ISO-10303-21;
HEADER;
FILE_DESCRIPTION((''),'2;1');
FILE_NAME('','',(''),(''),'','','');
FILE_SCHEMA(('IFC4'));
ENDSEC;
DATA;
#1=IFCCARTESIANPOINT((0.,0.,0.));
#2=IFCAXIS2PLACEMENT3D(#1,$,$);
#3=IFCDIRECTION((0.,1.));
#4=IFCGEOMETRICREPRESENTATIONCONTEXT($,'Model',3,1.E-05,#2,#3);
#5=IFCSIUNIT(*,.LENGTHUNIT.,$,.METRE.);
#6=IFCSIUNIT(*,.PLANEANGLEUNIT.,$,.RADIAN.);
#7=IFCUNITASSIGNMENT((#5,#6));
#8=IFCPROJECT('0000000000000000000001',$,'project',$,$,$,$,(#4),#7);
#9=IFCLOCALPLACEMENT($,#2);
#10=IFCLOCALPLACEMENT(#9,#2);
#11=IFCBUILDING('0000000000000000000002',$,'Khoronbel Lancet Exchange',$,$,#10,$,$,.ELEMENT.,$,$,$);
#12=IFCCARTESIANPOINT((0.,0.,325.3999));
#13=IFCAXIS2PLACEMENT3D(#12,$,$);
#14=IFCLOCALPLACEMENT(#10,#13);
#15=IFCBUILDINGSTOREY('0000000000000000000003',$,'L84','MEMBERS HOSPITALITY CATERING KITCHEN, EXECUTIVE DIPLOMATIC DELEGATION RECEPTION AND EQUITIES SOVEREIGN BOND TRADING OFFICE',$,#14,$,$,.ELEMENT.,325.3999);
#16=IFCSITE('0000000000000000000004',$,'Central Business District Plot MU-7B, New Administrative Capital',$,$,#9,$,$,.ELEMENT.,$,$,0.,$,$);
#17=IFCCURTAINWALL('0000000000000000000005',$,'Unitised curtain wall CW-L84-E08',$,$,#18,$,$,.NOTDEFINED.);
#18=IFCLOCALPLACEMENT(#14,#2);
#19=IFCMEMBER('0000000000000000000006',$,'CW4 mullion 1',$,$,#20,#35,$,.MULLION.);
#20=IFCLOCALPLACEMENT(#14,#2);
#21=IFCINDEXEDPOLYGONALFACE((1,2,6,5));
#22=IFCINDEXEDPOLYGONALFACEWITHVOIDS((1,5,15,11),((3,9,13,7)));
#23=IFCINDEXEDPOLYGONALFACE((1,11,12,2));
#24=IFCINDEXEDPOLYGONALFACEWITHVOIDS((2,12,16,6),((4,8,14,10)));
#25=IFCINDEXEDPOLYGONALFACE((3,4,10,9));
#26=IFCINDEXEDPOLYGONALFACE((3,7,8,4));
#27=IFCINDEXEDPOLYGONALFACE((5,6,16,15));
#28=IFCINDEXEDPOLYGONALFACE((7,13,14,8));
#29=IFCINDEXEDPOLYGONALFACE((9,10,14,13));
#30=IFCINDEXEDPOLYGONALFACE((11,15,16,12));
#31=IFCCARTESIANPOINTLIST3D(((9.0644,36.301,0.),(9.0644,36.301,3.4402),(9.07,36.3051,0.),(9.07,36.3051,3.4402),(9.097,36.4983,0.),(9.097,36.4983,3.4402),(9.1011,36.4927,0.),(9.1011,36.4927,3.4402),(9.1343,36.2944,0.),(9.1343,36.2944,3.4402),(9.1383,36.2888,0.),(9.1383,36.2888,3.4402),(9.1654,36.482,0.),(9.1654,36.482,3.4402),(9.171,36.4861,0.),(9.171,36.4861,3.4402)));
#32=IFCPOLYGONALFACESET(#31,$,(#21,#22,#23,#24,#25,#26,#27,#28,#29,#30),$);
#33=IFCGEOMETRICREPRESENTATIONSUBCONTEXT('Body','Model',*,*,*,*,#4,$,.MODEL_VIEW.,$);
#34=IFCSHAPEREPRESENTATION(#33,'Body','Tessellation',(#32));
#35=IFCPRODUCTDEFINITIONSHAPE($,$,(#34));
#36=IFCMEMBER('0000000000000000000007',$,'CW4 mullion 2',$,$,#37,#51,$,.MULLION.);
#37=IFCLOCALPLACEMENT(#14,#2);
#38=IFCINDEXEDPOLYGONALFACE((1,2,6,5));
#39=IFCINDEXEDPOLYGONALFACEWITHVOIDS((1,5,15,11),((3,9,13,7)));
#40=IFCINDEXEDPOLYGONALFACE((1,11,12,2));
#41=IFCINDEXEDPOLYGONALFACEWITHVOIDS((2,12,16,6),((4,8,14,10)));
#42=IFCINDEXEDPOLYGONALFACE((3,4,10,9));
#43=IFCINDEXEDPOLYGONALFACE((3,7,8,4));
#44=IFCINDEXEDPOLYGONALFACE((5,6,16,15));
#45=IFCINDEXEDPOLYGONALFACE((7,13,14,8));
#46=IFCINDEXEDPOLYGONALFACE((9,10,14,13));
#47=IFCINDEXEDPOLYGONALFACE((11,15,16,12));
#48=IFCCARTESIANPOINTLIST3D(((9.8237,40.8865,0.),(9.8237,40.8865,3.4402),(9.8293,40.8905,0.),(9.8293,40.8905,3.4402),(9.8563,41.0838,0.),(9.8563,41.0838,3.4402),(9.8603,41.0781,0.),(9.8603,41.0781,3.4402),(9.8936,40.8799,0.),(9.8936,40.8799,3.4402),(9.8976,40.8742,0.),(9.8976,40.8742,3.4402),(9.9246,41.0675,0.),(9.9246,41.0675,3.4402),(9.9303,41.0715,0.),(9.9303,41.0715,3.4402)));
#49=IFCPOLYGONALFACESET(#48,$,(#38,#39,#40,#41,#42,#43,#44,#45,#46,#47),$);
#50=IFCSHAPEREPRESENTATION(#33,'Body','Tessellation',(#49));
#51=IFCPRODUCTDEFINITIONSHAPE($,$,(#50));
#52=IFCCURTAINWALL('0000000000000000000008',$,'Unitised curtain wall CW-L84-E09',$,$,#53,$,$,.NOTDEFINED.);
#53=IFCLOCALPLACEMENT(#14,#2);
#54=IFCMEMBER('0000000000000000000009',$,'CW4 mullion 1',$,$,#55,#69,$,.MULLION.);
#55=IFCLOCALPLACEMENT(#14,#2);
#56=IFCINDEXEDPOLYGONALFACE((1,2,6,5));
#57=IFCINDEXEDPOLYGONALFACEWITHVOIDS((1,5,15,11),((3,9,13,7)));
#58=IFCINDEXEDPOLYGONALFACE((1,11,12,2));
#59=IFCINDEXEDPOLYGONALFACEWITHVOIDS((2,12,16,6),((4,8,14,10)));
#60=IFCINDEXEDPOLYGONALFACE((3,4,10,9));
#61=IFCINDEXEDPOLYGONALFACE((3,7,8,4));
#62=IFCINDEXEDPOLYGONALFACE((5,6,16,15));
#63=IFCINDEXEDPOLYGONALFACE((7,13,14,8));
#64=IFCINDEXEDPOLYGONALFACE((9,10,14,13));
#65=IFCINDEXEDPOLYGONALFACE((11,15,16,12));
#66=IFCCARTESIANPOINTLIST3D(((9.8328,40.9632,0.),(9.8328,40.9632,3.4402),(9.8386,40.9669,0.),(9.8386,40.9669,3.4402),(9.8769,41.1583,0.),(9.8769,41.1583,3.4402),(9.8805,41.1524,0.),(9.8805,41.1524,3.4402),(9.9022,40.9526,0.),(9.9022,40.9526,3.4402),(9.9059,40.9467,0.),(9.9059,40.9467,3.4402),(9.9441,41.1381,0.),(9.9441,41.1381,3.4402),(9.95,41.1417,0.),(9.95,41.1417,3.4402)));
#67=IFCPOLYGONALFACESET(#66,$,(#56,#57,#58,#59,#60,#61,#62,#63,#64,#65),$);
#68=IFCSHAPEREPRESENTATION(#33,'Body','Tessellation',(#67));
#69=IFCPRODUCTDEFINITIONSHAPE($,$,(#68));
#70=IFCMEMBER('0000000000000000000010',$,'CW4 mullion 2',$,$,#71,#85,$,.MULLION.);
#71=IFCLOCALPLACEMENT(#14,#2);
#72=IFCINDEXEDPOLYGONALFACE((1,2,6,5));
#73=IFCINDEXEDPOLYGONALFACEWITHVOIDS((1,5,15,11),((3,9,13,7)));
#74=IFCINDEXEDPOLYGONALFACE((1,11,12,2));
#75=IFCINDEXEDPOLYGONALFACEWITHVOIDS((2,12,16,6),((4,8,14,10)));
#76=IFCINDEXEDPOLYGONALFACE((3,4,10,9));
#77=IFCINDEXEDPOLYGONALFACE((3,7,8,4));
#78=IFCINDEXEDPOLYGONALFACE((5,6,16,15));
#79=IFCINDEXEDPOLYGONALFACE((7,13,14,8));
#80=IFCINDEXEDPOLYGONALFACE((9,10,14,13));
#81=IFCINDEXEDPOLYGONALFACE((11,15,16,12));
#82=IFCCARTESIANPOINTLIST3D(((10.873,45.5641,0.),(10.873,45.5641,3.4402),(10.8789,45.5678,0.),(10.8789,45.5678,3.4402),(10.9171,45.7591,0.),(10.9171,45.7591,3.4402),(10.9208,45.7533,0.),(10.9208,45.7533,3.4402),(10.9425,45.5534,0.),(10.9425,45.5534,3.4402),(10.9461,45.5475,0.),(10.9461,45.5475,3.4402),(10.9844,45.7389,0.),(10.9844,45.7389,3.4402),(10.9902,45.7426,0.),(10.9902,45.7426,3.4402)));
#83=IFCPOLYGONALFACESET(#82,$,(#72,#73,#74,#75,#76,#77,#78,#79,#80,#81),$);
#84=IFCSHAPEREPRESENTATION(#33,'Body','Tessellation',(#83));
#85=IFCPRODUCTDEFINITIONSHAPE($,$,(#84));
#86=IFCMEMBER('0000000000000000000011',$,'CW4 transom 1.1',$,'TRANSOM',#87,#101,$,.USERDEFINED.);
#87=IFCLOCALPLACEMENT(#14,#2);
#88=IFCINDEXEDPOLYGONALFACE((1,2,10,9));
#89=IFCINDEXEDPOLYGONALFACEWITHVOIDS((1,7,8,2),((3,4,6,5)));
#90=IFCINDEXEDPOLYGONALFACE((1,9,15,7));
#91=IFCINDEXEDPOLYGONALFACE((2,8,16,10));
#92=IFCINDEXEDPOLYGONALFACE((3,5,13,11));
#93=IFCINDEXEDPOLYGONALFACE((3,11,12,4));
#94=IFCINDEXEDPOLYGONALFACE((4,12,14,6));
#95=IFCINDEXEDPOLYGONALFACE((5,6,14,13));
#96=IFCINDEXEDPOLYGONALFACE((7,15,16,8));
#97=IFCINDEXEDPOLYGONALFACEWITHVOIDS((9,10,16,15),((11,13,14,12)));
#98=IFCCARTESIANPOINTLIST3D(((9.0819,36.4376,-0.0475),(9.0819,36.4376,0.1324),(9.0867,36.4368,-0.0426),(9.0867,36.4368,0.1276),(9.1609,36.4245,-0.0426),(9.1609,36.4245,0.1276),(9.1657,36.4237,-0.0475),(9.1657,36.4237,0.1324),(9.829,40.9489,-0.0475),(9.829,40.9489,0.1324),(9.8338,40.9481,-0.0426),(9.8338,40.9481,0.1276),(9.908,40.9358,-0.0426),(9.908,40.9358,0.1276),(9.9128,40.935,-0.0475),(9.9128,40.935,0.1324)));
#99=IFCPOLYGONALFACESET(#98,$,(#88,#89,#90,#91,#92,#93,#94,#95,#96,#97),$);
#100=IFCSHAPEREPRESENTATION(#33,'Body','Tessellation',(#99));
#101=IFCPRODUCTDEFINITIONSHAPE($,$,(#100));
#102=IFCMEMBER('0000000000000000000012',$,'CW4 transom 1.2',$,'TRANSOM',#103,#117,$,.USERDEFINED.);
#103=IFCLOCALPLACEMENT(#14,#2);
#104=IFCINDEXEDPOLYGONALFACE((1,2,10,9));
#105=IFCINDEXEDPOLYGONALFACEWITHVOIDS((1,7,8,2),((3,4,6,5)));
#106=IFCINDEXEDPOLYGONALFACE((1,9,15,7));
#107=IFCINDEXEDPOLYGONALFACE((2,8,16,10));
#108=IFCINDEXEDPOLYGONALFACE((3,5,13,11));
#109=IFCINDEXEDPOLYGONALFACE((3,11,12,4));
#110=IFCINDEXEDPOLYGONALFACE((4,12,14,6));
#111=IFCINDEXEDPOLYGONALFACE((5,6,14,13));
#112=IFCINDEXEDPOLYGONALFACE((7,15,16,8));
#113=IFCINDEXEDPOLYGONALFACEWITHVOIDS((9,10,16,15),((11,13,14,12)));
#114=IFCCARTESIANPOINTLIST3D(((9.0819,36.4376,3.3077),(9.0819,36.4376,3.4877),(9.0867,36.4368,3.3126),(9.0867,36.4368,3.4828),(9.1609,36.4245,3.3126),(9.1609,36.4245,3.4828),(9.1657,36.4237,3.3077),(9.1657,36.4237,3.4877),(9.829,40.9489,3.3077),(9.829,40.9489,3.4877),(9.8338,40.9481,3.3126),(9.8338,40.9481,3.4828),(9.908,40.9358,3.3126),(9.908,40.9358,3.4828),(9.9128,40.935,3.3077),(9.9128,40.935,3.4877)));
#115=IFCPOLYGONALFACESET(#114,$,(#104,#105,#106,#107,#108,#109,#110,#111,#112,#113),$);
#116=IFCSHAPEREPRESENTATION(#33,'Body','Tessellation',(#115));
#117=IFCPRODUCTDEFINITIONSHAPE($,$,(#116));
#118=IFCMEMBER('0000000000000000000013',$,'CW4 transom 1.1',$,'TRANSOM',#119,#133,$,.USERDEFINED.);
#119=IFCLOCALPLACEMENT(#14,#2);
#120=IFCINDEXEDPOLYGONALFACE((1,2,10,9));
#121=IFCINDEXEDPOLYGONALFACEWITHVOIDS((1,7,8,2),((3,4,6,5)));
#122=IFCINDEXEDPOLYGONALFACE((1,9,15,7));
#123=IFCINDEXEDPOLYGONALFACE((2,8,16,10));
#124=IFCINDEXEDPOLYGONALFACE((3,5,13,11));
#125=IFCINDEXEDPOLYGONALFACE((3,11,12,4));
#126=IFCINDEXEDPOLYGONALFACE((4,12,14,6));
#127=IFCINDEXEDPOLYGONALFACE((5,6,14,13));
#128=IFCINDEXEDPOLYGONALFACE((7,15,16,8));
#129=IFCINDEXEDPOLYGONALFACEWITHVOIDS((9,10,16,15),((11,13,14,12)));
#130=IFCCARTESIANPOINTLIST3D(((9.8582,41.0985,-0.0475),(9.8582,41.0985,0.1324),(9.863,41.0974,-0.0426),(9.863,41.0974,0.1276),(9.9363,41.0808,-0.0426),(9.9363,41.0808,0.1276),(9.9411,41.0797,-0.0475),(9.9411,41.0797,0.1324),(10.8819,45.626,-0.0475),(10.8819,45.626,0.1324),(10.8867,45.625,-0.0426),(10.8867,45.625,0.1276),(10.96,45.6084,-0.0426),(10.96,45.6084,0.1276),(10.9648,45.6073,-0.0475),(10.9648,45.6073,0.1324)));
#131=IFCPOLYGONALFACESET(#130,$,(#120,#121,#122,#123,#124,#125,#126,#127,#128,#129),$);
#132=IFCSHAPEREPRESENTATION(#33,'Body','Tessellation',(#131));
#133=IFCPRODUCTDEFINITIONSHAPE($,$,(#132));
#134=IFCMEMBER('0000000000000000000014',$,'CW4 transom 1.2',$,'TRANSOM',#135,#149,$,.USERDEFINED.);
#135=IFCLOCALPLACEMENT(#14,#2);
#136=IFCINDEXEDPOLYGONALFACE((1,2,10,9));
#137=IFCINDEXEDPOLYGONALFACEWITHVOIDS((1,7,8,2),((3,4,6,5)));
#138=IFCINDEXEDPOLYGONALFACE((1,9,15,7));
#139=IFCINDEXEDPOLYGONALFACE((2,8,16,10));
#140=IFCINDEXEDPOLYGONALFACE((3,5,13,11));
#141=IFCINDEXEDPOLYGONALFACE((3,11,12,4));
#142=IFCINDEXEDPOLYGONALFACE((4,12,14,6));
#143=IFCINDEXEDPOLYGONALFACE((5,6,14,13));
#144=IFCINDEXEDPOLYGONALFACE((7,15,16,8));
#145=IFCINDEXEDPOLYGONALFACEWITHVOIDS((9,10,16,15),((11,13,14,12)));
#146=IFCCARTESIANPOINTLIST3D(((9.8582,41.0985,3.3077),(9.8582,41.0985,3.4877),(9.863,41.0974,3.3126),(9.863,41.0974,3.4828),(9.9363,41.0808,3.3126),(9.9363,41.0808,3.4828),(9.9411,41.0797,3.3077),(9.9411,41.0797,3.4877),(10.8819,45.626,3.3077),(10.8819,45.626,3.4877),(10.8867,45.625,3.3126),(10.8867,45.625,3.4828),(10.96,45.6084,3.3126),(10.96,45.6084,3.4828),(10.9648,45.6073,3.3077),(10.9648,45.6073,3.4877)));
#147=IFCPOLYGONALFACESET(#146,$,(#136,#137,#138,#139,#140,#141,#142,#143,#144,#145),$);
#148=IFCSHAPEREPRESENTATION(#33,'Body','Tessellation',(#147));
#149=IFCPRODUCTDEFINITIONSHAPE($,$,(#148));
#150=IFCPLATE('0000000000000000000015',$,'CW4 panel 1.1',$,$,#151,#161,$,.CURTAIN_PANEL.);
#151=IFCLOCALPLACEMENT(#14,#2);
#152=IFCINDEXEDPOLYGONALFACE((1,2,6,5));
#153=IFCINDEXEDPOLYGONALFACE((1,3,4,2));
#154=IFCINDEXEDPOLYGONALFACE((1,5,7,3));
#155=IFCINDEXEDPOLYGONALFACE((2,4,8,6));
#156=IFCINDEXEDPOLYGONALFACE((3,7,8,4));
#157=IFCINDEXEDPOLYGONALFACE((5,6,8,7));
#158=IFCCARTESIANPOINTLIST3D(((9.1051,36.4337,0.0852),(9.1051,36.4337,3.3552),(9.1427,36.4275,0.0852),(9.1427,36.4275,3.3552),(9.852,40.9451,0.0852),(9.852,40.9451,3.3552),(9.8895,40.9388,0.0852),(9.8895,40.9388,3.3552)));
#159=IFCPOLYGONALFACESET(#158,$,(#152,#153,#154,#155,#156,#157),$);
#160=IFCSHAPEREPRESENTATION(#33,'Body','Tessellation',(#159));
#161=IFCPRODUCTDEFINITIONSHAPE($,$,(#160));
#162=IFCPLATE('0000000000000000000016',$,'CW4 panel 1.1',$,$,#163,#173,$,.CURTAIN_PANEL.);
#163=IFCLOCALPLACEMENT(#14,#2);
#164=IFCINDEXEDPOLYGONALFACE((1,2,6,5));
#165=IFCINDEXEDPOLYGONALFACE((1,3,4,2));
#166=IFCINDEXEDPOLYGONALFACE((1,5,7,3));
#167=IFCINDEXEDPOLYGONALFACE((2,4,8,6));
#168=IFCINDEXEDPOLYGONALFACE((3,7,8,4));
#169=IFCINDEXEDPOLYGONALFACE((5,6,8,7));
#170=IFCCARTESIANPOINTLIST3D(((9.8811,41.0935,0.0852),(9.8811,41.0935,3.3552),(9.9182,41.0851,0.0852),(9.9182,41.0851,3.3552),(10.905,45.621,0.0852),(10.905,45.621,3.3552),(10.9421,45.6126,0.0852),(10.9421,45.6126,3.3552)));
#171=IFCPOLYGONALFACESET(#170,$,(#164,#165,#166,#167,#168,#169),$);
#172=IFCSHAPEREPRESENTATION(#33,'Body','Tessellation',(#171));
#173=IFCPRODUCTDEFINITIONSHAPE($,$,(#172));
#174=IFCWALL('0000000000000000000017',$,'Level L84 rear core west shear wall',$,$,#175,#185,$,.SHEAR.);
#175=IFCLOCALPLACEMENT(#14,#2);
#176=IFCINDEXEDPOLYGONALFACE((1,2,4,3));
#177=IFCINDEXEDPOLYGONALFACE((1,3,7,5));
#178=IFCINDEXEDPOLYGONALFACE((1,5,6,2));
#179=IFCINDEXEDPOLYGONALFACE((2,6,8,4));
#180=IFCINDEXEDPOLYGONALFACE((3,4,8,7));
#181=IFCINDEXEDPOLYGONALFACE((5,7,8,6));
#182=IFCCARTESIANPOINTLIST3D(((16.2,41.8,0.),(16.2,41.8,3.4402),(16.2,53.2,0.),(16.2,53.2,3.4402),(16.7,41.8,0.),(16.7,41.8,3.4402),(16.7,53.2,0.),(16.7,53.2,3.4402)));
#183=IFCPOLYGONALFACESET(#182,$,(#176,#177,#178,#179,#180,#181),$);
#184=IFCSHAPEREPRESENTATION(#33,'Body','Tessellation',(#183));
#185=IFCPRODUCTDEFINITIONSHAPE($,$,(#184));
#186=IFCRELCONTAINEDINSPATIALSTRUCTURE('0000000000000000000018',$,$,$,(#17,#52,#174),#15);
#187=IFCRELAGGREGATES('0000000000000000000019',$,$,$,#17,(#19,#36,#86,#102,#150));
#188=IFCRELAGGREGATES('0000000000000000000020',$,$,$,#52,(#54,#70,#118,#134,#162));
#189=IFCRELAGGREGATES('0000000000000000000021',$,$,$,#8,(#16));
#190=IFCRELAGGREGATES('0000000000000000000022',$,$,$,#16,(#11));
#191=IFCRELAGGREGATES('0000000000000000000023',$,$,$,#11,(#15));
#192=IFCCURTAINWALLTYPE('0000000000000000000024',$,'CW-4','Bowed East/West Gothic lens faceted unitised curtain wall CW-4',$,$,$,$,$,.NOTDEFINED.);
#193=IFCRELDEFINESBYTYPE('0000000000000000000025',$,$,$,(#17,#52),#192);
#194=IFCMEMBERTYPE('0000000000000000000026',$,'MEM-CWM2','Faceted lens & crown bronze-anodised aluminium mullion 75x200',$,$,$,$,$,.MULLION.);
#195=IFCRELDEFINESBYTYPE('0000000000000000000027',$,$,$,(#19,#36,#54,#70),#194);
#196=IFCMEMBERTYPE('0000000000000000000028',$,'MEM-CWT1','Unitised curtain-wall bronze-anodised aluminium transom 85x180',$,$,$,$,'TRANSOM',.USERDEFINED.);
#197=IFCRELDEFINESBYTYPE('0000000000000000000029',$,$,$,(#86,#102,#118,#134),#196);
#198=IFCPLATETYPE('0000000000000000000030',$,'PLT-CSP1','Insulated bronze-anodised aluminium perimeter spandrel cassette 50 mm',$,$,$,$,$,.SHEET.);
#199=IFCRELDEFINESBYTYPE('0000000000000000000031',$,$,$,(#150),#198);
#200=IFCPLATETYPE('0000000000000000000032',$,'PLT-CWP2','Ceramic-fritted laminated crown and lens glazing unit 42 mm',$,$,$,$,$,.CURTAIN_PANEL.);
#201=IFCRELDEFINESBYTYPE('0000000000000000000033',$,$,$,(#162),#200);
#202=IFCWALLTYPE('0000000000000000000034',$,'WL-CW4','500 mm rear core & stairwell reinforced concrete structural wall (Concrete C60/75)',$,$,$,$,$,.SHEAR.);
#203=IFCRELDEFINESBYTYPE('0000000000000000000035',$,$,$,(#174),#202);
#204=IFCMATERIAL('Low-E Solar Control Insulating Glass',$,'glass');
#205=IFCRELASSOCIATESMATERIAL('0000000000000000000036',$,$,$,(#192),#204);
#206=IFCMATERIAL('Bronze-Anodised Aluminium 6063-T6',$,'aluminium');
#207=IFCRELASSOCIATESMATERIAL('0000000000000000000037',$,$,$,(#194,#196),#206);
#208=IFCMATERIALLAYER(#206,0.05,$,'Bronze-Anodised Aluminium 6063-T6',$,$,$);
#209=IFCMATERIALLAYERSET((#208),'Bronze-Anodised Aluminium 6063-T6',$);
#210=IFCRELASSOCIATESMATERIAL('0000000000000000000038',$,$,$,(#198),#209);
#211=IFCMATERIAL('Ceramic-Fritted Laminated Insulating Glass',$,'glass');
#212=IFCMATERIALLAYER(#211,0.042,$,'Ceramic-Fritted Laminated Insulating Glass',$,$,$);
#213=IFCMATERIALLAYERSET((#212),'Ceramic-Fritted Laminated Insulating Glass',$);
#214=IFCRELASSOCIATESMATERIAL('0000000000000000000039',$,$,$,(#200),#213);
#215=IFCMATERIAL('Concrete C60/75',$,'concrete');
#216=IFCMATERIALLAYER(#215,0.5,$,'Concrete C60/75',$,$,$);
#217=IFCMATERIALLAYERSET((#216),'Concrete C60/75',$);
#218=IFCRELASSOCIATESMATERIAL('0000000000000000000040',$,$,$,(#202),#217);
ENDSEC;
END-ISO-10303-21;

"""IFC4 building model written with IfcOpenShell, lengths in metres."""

from ifc_helpers import new_model, si_unit, direction, frame, frame_2d, origin, origin_2d, place, context, subcontext, project, spatial, rectangle, hollow_rectangle, extrude, material, layer, layer_set, material_profile, profile_set, type_object, element, aggregate, save


model = new_model("IFC4")

# Units and contexts
model_context = context("Model", 3, precision=1e-05, world=origin(), true_north=direction((0.0, 1.0)))
body_context = subcontext(model_context, "Body", "Model", "MODEL_VIEW")
ifc_project = project(units=[si_unit("LENGTHUNIT", "METRE"), si_unit("PLANEANGLEUNIT", "RADIAN")], contexts=[model_context])

# Site, building, storey
site_placement = place(None, origin())
site = spatial("IfcSite", under=ifc_project, at=site_placement, Name="Central Business District Plot MU-7B, New Administrative Capital", CompositionType="ELEMENT", RefElevation=0.0)
building_placement = place(site_placement, origin())
building = spatial("IfcBuilding", under=site, at=building_placement, Name="Khoronbel Lancet Exchange", CompositionType="ELEMENT")
storey_placement = place(building_placement, frame((0.0, 0.0, 325.3999)))
storey = spatial("IfcBuildingStorey", under=building, at=storey_placement, Name="L84", Description="MEMBERS HOSPITALITY CATERING KITCHEN, EXECUTIVE DIPLOMATIC DELEGATION RECEPTION AND EQUITIES SOVEREIGN BOND TRADING OFFICE", CompositionType="ELEMENT", Elevation=325.3999)

# Shared definitions
ifc_material_1 = material(Name="Low-E Solar Control Insulating Glass", Category="glass")
curtain_wall_type = type_object("IfcCurtainWallType", Name="CW-4", Description="Bowed East/West Gothic lens faceted unitised curtain wall CW-4", PredefinedType="NOTDEFINED", material=ifc_material_1)
ifc_material_2 = material(Name="Bronze-Anodised Aluminium 6063-T6", Category="aluminium")
ifc_material_profile_1 = material_profile(ifc_material_2, hollow_rectangle(XDim=0.075, YDim=0.2, WallThickness=0.0049, at=origin_2d()), Name="ALU MULLION 75x200")
ifc_profile_set_1 = profile_set([ifc_material_profile_1], Name="Bronze-Anodised Aluminium 6063-T6")
member_type_1 = type_object("IfcMemberType", Name="MEM-CWM2", Description="Faceted lens & crown bronze-anodised aluminium mullion 75x200", PredefinedType="MULLION", material=ifc_profile_set_1)

# Curtain walls, members
curtain_wall_1_placement = place(storey_placement, origin())
curtain_wall_1 = element("IfcCurtainWall", 1, at=curtain_wall_1_placement, inside=storey, type_object=curtain_wall_type, Name="Unitised curtain wall CW-L84-E08", PredefinedType="NOTDEFINED")
member_1_placement = place(storey_placement, frame((9.1177, 36.3936, 0.0), z_axis=(0.0, 0.0, 1.0), x_axis=(-0.986571, 0.163334, 0.0)))
member_1 = element("IfcMember", 2, at=member_1_placement, type_object=member_type_1, Name="CW4 mullion 1", PredefinedType="MULLION", context=body_context, shape_type="SweptSolid", body=[
    extrude(hollow_rectangle(XDim=0.075, YDim=0.2, WallThickness=0.0049, at=origin_2d()), origin(), (0.0, 0.0, 1.0), 3.4402),
])
member_2_placement = place(storey_placement, frame((9.877, 40.979, 0.0), z_axis=(0.0, 0.0, 1.0), x_axis=(-0.986571, 0.163334, 0.0)))
member_2 = element("IfcMember", 3, at=member_2_placement, type_object=member_type_1, Name="CW4 mullion 2", PredefinedType="MULLION", context=body_context, shape_type="SweptSolid", body=[
    extrude(hollow_rectangle(XDim=0.075, YDim=0.2, WallThickness=0.0049, at=origin_2d()), origin(), (0.0, 0.0, 1.0), 3.4402),
])
curtain_wall_2_placement = place(storey_placement, origin())
curtain_wall_2 = element("IfcCurtainWall", 4, at=curtain_wall_2_placement, inside=storey, type_object=curtain_wall_type, Name="Unitised curtain wall CW-L84-E09", PredefinedType="NOTDEFINED")
member_3_placement = place(storey_placement, frame((9.8914, 41.0525, 0.0), z_axis=(0.0, 0.0, 1.0), x_axis=(-0.975369, 0.220579, 0.0)))
member_3 = element("IfcMember", 5, at=member_3_placement, type_object=member_type_1, Name="CW4 mullion 1", PredefinedType="MULLION", context=body_context, shape_type="SweptSolid", body=[
    extrude(hollow_rectangle(XDim=0.075, YDim=0.2, WallThickness=0.0049, at=origin_2d()), origin(), (0.0, 0.0, 1.0), 3.4402),
])
member_4_placement = place(storey_placement, frame((10.9316, 45.6533, 0.0), z_axis=(0.0, 0.0, 1.0), x_axis=(-0.975369, 0.220579, 0.0)))
member_4 = element("IfcMember", 6, at=member_4_placement, type_object=member_type_1, Name="CW4 mullion 2", PredefinedType="MULLION", context=body_context, shape_type="SweptSolid", body=[
    extrude(hollow_rectangle(XDim=0.075, YDim=0.2, WallThickness=0.0049, at=origin_2d()), origin(), (0.0, 0.0, 1.0), 3.4402),
])

# Members
ifc_material_profile_2 = material_profile(ifc_material_2, hollow_rectangle(XDim=0.085, YDim=0.1799, WallThickness=0.0049, at=origin_2d()), Name="ALU TRANSOM 85x180")
ifc_profile_set_2 = profile_set([ifc_material_profile_2], Name="Bronze-Anodised Aluminium 6063-T6")
member_type_2 = type_object("IfcMemberType", Name="MEM-CWT1", Description="Unitised curtain-wall bronze-anodised aluminium transom 85x180", ElementType="TRANSOM", PredefinedType="USERDEFINED", material=ifc_profile_set_2)
member_5_placement = place(storey_placement, frame((9.1238, 36.4307, 0.0425), z_axis=(0.163377, 0.986564, 0.0), x_axis=(-0.986564, 0.163377, 0.0)))
member_5 = element("IfcMember", 7, at=member_5_placement, type_object=member_type_2, Name="CW4 transom 1.1", ObjectType="TRANSOM", PredefinedType="USERDEFINED", context=body_context, shape_type="SweptSolid", body=[
    extrude(hollow_rectangle(XDim=0.085, YDim=0.1799, WallThickness=0.0049, at=origin_2d()), origin(), (0.0, 0.0, 1.0), 4.5728),
])
member_6_placement = place(storey_placement, frame((9.1238, 36.4307, 3.3977), z_axis=(0.163377, 0.986564, 0.0), x_axis=(-0.986564, 0.163377, 0.0)))
member_6 = element("IfcMember", 8, at=member_6_placement, type_object=member_type_2, Name="CW4 transom 1.2", ObjectType="TRANSOM", PredefinedType="USERDEFINED", context=body_context, shape_type="SweptSolid", body=[
    extrude(hollow_rectangle(XDim=0.085, YDim=0.1799, WallThickness=0.0049, at=origin_2d()), origin(), (0.0, 0.0, 1.0), 4.5728),
])
member_7_placement = place(storey_placement, frame((9.8997, 41.0891, 0.0425), z_axis=(0.220532, 0.97538, 0.0), x_axis=(-0.97538, 0.220532, 0.0)))
member_7 = element("IfcMember", 9, at=member_7_placement, type_object=member_type_2, Name="CW4 transom 1.1", ObjectType="TRANSOM", PredefinedType="USERDEFINED", context=body_context, shape_type="SweptSolid", body=[
    extrude(hollow_rectangle(XDim=0.085, YDim=0.1799, WallThickness=0.0049, at=origin_2d()), origin(), (0.0, 0.0, 1.0), 4.6418),
])
member_8_placement = place(storey_placement, frame((9.8997, 41.0891, 3.3977), z_axis=(0.220532, 0.97538, 0.0), x_axis=(-0.97538, 0.220532, 0.0)))
member_8 = element("IfcMember", 10, at=member_8_placement, type_object=member_type_2, Name="CW4 transom 1.2", ObjectType="TRANSOM", PredefinedType="USERDEFINED", context=body_context, shape_type="SweptSolid", body=[
    extrude(hollow_rectangle(XDim=0.085, YDim=0.1799, WallThickness=0.0049, at=origin_2d()), origin(), (0.0, 0.0, 1.0), 4.6418),
])

# Plates
ifc_layer_1 = layer(ifc_material_2, 0.05, Name="Bronze-Anodised Aluminium 6063-T6")
ifc_layer_set_1 = layer_set([ifc_layer_1], Name="Bronze-Anodised Aluminium 6063-T6")
plate_type_1 = type_object("IfcPlateType", Name="PLT-CSP1", Description="Insulated bronze-anodised aluminium perimeter spandrel cassette 50 mm", PredefinedType="SHEET", material=ifc_layer_set_1)
plate_1_placement = place(storey_placement, frame((9.4973, 38.6863, 0.0852), z_axis=(0.0, 0.0, 1.0), x_axis=(0.163334, 0.986571, 0.0)))
plate_1 = element("IfcPlate", 11, at=plate_1_placement, type_object=plate_type_1, Name="CW4 panel 1.1", PredefinedType="CURTAIN_PANEL", context=body_context, shape_type="SweptSolid", body=[
    extrude(rectangle(XDim=4.5728, YDim=0.0381, at=origin_2d()), origin(), (0.0, 0.0, 1.0), 3.27),
])
aggregate(curtain_wall_1, [member_1, member_2, member_5, member_6, plate_1])
ifc_material_3 = material(Name="Ceramic-Fritted Laminated Insulating Glass", Category="glass")
ifc_layer_2 = layer(ifc_material_3, 0.042, Name="Ceramic-Fritted Laminated Insulating Glass")
ifc_layer_set_2 = layer_set([ifc_layer_2], Name="Ceramic-Fritted Laminated Insulating Glass")
plate_type_2 = type_object("IfcPlateType", Name="PLT-CWP2", Description="Ceramic-fritted laminated crown and lens glazing unit 42 mm", PredefinedType="CURTAIN_PANEL", material=ifc_layer_set_2)
plate_2_placement = place(storey_placement, frame((10.4116, 43.353, 0.0852), z_axis=(0.0, 0.0, 1.0), x_axis=(0.220579, 0.975369, 0.0)))
plate_2 = element("IfcPlate", 12, at=plate_2_placement, type_object=plate_type_2, Name="CW4 panel 1.1", PredefinedType="CURTAIN_PANEL", context=body_context, shape_type="SweptSolid", body=[
    extrude(rectangle(XDim=4.6418, YDim=0.0381, at=origin_2d()), origin(), (0.0, 0.0, 1.0), 3.27),
])
aggregate(curtain_wall_2, [member_3, member_4, member_7, member_8, plate_2])

# Wall
ifc_material_4 = material(Name="Concrete C60/75", Category="concrete")
ifc_layer_3 = layer(ifc_material_4, 0.5, Name="Concrete C60/75")
ifc_layer_set_3 = layer_set([ifc_layer_3], Name="Concrete C60/75")
wall_type_1 = type_object("IfcWallType", Name="WL-CW4", Description="500 mm rear core & stairwell reinforced concrete structural wall (Concrete C60/75)", PredefinedType="SHEAR", material=ifc_layer_set_3)
wall_1_placement = place(storey_placement, frame((16.45, 41.8, 0.0), z_axis=(0.0, 0.0, 1.0), x_axis=(0.0, 1.0, 0.0)))
element("IfcWall", 13, at=wall_1_placement, inside=storey, type_object=wall_type_1, Name="Level L84 rear core west shear wall", PredefinedType="SHEAR", context=body_context, shape_type="SweptSolid", body=[
    extrude(rectangle(XDim=11.3999, YDim=0.5, at=frame_2d((5.7, 0.0))), origin(), (0.0, 0.0, 1.0), 3.4402),
])

save(model, "model.ifc")
